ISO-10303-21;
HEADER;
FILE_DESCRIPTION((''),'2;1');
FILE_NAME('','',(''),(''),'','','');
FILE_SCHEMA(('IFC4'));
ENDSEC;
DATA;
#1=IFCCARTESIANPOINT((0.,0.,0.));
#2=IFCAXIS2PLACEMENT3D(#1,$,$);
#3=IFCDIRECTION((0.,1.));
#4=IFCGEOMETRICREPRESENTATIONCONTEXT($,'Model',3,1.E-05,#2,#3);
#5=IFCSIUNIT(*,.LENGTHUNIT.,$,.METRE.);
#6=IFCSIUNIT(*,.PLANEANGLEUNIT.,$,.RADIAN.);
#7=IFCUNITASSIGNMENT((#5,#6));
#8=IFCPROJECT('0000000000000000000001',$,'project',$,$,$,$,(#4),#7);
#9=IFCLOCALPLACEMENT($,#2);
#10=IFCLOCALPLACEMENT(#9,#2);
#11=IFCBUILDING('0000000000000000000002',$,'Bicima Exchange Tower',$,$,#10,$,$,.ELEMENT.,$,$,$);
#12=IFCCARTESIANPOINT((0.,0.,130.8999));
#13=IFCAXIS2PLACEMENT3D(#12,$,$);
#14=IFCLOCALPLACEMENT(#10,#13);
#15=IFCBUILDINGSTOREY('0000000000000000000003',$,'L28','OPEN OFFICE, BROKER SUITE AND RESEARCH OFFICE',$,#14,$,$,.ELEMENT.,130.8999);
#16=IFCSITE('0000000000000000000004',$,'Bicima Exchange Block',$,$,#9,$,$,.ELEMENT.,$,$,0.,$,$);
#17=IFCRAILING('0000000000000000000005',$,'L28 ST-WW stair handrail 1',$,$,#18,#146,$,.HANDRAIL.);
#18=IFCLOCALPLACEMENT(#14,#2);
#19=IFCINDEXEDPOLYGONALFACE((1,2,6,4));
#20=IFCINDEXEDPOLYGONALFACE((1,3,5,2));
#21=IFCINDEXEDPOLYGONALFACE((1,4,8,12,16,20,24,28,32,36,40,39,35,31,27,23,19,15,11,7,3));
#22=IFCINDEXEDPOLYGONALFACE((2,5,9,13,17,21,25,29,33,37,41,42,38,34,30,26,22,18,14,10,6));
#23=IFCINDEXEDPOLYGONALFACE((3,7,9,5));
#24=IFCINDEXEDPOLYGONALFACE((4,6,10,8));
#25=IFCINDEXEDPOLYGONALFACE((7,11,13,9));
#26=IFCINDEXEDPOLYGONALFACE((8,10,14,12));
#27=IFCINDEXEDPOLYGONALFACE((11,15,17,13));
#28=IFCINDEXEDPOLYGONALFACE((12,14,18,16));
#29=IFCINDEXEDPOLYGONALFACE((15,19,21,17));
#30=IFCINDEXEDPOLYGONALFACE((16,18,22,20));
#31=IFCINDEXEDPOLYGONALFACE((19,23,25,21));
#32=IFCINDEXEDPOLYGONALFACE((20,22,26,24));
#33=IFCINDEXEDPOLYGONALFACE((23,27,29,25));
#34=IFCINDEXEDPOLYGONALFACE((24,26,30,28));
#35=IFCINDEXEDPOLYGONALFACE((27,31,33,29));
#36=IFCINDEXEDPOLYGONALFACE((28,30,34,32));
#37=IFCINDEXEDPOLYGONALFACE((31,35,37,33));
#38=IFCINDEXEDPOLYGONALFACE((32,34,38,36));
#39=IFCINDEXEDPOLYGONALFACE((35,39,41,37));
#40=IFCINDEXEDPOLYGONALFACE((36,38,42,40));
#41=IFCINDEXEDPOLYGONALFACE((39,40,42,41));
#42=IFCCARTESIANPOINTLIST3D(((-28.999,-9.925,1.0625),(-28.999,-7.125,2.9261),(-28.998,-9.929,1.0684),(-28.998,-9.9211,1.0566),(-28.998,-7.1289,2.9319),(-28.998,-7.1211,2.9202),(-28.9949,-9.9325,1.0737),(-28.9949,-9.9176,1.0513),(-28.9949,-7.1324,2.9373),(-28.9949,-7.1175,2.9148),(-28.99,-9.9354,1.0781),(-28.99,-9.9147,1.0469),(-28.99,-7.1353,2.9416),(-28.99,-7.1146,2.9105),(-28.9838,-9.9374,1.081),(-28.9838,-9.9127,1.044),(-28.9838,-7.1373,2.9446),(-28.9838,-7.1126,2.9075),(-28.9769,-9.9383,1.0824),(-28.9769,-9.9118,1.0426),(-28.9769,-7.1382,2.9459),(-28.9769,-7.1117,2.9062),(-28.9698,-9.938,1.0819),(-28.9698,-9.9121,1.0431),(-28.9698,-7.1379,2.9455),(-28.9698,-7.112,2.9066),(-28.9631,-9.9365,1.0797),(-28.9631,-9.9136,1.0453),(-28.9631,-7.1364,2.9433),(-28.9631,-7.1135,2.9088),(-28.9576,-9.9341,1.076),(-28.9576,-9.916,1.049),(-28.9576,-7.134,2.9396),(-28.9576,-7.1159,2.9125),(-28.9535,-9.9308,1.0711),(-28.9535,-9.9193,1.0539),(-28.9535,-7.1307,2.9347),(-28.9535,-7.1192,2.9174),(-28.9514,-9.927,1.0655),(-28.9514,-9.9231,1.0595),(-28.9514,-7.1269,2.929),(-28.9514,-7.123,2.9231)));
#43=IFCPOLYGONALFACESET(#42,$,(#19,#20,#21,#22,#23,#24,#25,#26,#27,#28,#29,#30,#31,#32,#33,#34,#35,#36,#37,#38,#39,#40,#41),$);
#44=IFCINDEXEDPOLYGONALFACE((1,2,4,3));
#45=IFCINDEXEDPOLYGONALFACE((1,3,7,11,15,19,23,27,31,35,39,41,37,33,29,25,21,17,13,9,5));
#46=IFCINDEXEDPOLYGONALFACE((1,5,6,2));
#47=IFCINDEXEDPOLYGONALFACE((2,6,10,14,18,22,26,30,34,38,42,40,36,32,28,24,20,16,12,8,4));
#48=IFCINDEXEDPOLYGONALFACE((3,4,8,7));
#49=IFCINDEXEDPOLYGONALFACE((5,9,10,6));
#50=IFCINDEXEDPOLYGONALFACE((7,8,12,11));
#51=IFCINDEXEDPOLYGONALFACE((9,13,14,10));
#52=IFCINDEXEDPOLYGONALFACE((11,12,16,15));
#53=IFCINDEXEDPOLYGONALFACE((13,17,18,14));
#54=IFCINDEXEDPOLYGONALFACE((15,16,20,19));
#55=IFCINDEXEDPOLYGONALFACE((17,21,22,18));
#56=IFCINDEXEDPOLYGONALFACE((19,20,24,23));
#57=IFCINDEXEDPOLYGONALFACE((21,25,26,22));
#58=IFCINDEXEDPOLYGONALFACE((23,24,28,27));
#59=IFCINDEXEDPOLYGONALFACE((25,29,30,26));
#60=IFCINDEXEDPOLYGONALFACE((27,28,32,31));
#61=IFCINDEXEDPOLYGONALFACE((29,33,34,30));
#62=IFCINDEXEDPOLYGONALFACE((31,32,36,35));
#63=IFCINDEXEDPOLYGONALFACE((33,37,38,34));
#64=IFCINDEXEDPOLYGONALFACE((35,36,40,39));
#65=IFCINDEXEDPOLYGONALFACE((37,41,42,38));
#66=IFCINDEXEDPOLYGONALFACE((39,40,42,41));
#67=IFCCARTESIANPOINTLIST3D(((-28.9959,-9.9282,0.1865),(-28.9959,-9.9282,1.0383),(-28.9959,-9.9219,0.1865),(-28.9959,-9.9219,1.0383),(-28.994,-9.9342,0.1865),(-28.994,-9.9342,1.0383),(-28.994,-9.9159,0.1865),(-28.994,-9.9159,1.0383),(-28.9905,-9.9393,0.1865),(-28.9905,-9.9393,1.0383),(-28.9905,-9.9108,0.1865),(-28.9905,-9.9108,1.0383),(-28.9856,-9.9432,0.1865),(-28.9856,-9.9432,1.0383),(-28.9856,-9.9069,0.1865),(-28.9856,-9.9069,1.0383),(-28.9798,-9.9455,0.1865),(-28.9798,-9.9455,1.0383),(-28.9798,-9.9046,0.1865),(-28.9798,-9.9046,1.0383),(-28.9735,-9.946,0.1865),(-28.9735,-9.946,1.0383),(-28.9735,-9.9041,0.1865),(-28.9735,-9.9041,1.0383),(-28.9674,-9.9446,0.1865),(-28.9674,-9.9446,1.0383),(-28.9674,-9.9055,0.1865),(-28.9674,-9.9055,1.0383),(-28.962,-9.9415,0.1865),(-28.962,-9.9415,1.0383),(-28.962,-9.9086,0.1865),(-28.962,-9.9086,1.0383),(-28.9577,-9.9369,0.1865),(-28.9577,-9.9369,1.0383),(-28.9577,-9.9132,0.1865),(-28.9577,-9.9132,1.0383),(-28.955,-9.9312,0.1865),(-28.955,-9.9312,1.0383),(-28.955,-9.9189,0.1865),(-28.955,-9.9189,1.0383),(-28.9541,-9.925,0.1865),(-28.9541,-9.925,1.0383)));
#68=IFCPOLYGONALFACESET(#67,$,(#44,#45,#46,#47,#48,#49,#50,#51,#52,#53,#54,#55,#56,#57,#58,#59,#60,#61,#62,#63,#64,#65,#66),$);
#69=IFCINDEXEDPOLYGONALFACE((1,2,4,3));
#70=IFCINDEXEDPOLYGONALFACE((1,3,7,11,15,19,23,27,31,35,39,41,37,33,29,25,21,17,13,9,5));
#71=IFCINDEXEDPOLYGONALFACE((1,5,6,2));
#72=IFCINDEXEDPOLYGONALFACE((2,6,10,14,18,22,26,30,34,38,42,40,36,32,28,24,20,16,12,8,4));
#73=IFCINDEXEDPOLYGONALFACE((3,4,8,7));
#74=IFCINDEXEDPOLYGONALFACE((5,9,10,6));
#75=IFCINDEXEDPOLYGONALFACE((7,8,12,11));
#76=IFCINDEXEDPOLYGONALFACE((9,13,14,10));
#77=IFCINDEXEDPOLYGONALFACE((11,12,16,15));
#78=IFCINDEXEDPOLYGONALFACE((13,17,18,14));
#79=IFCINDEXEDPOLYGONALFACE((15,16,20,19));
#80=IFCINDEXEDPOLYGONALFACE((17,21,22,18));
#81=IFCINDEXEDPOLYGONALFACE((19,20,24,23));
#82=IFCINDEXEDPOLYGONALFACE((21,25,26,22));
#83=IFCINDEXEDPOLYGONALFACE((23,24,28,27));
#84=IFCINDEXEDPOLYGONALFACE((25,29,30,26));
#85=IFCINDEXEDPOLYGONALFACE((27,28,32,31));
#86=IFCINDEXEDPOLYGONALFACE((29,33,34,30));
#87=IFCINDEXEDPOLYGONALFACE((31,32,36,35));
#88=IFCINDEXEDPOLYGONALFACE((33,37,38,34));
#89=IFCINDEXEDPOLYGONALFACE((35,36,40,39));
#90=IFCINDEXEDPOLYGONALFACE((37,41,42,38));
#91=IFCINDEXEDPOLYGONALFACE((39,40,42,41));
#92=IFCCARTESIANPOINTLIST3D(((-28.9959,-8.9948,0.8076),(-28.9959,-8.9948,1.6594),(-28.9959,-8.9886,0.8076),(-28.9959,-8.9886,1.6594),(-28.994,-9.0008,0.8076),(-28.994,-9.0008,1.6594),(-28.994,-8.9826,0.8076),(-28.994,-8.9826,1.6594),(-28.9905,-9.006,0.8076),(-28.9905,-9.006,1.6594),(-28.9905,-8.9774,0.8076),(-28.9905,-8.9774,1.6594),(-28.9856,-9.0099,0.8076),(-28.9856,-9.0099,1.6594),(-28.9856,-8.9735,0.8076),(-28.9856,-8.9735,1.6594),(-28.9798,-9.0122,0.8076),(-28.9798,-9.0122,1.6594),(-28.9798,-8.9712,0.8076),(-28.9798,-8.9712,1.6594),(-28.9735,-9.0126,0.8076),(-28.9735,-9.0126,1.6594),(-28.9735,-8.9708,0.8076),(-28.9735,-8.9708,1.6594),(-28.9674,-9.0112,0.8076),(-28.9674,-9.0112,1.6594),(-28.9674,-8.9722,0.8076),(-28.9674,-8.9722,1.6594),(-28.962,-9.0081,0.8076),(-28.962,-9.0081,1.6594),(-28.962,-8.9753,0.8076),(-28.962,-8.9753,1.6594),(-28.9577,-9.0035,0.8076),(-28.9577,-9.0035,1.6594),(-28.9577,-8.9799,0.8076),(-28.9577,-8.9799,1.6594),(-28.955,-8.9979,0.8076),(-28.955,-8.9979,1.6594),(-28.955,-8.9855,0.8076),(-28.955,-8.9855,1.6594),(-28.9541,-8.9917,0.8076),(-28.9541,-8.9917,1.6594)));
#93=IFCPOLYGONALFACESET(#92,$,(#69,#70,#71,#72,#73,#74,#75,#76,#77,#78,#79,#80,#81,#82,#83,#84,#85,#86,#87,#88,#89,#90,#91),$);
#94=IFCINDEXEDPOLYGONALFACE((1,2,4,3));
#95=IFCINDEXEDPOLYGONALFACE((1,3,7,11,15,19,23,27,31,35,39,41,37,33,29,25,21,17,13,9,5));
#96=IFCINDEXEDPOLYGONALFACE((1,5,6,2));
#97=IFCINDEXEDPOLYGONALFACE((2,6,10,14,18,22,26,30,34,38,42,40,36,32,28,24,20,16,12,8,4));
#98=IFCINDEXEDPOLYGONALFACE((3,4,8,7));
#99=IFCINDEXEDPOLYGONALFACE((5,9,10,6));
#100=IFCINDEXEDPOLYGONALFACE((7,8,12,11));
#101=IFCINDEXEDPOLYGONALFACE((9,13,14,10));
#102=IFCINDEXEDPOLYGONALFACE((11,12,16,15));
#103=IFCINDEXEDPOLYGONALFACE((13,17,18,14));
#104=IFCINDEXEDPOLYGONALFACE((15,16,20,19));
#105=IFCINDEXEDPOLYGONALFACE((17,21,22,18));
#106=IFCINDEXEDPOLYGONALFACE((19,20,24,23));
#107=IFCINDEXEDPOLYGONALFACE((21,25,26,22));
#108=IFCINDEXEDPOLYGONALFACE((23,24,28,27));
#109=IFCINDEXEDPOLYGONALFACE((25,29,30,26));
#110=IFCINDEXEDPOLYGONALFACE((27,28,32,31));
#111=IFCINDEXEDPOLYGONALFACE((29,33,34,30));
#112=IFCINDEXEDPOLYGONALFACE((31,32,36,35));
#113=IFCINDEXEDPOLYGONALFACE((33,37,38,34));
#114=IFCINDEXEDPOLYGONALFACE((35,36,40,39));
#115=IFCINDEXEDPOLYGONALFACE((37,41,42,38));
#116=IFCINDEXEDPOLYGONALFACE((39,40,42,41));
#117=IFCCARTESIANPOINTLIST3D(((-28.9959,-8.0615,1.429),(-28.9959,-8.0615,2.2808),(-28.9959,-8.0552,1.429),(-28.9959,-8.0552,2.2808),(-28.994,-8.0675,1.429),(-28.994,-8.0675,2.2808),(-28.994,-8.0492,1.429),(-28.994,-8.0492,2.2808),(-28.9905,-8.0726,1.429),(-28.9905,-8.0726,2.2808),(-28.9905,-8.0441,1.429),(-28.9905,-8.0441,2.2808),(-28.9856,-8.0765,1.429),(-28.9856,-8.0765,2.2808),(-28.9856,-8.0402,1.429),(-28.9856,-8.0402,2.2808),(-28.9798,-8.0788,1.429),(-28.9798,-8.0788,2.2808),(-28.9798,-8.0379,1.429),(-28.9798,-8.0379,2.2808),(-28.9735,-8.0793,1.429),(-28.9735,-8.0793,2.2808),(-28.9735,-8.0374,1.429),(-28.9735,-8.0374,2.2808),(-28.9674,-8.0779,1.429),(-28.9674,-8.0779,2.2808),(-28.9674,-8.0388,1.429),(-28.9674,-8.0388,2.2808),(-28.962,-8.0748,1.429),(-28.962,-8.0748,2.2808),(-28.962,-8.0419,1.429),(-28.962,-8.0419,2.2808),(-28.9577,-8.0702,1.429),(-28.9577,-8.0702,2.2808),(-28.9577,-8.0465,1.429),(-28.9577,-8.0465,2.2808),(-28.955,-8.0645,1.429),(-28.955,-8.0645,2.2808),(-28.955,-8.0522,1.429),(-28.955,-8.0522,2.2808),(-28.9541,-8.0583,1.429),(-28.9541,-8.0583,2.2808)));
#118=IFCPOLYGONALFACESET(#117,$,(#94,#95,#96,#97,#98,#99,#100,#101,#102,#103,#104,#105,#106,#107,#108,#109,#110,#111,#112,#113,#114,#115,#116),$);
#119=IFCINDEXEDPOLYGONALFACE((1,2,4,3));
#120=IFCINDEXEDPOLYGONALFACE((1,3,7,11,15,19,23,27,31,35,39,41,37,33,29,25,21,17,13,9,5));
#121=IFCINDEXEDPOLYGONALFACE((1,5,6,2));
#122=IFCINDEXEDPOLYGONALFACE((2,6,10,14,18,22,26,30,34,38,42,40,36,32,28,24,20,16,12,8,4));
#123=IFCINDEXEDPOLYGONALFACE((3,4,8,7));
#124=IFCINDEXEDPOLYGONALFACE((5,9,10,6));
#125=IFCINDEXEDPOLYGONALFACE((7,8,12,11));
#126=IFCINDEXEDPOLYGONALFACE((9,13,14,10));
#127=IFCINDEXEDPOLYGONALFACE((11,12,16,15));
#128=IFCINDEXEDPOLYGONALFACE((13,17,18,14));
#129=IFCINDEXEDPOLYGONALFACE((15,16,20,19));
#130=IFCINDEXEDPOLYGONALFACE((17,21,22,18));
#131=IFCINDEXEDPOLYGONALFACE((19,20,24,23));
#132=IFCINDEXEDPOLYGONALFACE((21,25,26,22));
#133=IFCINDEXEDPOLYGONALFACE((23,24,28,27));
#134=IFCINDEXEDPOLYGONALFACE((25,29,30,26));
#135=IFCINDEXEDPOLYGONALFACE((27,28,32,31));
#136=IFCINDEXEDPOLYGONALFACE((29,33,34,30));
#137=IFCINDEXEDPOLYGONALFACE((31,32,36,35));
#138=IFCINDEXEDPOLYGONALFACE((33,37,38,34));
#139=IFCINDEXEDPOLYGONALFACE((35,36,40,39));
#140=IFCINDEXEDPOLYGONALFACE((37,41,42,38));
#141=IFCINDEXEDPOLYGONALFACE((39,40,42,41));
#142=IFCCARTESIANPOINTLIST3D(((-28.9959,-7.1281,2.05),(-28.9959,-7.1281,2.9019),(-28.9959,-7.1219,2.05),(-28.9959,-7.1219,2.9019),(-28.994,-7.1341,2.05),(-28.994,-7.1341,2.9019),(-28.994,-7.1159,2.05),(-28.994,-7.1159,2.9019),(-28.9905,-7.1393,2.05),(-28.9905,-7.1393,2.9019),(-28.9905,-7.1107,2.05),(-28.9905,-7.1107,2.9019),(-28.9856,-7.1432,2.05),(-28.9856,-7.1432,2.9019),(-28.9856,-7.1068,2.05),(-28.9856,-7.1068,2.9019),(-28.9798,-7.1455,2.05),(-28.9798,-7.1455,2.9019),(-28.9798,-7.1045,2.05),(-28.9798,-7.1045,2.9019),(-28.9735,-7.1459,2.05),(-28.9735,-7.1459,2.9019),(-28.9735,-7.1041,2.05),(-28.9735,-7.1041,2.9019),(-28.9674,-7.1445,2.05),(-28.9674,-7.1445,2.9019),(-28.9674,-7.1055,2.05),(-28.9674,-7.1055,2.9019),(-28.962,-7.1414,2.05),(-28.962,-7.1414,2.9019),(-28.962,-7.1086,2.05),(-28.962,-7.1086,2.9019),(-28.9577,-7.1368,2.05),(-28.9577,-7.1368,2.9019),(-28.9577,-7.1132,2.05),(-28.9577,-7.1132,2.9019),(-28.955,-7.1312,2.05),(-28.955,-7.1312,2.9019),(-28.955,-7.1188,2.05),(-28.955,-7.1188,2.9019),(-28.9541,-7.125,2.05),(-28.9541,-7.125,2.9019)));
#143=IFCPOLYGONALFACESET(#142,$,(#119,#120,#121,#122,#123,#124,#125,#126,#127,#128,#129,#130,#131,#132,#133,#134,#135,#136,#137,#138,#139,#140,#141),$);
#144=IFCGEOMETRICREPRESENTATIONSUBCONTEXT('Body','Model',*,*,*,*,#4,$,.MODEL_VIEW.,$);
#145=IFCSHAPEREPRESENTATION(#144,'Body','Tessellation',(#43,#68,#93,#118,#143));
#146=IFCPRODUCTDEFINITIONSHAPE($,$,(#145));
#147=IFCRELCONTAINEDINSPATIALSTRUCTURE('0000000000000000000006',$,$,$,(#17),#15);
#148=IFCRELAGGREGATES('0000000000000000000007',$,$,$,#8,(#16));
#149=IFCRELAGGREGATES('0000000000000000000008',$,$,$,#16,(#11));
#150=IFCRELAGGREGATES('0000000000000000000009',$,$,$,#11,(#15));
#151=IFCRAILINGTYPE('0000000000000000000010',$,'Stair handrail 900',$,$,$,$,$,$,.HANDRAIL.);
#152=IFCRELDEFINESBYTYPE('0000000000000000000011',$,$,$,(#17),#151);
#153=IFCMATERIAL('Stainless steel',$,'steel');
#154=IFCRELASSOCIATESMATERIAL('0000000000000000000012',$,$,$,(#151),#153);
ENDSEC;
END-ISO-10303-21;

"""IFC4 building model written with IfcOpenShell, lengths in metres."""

from ifc_helpers import new_model, si_unit, direction, frame, origin, origin_2d, place, context, subcontext, project, spatial, circle, extrude, material, type_object, element, save


model = new_model("IFC4")

# Units and contexts
model_context = context("Model", 3, precision=1e-05, world=origin(), true_north=direction((0.0, 1.0)))
body_context = subcontext(model_context, "Body", "Model", "MODEL_VIEW")
ifc_project = project(units=[si_unit("LENGTHUNIT", "METRE"), si_unit("PLANEANGLEUNIT", "RADIAN")], contexts=[model_context])

# Site, building, storey
site_placement = place(None, origin())
site = spatial("IfcSite", under=ifc_project, at=site_placement, Name="Bicima Exchange Block", CompositionType="ELEMENT", RefElevation=0.0)
building_placement = place(site_placement, origin())
building = spatial("IfcBuilding", under=site, at=building_placement, Name="Bicima Exchange Tower", CompositionType="ELEMENT")
storey_placement = place(building_placement, frame((0.0, 0.0, 130.8999)))
storey = spatial("IfcBuildingStorey", under=building, at=storey_placement, Name="L28", Description="OPEN OFFICE, BROKER SUITE AND RESEARCH OFFICE", CompositionType="ELEMENT", Elevation=130.8999)

# Railing
ifc_material_1 = material(Name="Stainless steel", Category="steel")
railing_type = type_object("IfcRailingType", Name="Stair handrail 900", PredefinedType="HANDRAIL", material=ifc_material_1)
railing_placement = place(storey_placement, frame((-28.9751, -9.925, 0.1865)))
element("IfcRailing", 1, at=railing_placement, inside=storey, type_object=railing_type, Name="L28 ST-WW stair handrail 1", PredefinedType="HANDRAIL", context=body_context, shape_type="SweptSolid", body=[
    extrude(circle(Radius=0.0239, at=origin_2d()), frame((0.0, 0.0, 0.876), z_axis=(0.0, 0.832486, 0.554047), x_axis=(-1.0, 0.0, 0.0)), (0.0, 0.0, 1.0), 3.3635),
    extrude(circle(Radius=0.021, at=origin_2d()), origin(), (0.0, 0.0, 1.0), 0.8518),
    extrude(circle(Radius=0.021, at=origin_2d()), frame((0.0, 0.9333, 0.6211)), (0.0, 0.0, 1.0), 0.8518),
    extrude(circle(Radius=0.021, at=origin_2d()), frame((0.0, 1.8667, 1.2424)), (0.0, 0.0, 1.0), 0.8518),
    extrude(circle(Radius=0.021, at=origin_2d()), frame((0.0, 2.8, 1.8635)), (0.0, 0.0, 1.0), 0.8518),
])

save(model, "model.ifc")
